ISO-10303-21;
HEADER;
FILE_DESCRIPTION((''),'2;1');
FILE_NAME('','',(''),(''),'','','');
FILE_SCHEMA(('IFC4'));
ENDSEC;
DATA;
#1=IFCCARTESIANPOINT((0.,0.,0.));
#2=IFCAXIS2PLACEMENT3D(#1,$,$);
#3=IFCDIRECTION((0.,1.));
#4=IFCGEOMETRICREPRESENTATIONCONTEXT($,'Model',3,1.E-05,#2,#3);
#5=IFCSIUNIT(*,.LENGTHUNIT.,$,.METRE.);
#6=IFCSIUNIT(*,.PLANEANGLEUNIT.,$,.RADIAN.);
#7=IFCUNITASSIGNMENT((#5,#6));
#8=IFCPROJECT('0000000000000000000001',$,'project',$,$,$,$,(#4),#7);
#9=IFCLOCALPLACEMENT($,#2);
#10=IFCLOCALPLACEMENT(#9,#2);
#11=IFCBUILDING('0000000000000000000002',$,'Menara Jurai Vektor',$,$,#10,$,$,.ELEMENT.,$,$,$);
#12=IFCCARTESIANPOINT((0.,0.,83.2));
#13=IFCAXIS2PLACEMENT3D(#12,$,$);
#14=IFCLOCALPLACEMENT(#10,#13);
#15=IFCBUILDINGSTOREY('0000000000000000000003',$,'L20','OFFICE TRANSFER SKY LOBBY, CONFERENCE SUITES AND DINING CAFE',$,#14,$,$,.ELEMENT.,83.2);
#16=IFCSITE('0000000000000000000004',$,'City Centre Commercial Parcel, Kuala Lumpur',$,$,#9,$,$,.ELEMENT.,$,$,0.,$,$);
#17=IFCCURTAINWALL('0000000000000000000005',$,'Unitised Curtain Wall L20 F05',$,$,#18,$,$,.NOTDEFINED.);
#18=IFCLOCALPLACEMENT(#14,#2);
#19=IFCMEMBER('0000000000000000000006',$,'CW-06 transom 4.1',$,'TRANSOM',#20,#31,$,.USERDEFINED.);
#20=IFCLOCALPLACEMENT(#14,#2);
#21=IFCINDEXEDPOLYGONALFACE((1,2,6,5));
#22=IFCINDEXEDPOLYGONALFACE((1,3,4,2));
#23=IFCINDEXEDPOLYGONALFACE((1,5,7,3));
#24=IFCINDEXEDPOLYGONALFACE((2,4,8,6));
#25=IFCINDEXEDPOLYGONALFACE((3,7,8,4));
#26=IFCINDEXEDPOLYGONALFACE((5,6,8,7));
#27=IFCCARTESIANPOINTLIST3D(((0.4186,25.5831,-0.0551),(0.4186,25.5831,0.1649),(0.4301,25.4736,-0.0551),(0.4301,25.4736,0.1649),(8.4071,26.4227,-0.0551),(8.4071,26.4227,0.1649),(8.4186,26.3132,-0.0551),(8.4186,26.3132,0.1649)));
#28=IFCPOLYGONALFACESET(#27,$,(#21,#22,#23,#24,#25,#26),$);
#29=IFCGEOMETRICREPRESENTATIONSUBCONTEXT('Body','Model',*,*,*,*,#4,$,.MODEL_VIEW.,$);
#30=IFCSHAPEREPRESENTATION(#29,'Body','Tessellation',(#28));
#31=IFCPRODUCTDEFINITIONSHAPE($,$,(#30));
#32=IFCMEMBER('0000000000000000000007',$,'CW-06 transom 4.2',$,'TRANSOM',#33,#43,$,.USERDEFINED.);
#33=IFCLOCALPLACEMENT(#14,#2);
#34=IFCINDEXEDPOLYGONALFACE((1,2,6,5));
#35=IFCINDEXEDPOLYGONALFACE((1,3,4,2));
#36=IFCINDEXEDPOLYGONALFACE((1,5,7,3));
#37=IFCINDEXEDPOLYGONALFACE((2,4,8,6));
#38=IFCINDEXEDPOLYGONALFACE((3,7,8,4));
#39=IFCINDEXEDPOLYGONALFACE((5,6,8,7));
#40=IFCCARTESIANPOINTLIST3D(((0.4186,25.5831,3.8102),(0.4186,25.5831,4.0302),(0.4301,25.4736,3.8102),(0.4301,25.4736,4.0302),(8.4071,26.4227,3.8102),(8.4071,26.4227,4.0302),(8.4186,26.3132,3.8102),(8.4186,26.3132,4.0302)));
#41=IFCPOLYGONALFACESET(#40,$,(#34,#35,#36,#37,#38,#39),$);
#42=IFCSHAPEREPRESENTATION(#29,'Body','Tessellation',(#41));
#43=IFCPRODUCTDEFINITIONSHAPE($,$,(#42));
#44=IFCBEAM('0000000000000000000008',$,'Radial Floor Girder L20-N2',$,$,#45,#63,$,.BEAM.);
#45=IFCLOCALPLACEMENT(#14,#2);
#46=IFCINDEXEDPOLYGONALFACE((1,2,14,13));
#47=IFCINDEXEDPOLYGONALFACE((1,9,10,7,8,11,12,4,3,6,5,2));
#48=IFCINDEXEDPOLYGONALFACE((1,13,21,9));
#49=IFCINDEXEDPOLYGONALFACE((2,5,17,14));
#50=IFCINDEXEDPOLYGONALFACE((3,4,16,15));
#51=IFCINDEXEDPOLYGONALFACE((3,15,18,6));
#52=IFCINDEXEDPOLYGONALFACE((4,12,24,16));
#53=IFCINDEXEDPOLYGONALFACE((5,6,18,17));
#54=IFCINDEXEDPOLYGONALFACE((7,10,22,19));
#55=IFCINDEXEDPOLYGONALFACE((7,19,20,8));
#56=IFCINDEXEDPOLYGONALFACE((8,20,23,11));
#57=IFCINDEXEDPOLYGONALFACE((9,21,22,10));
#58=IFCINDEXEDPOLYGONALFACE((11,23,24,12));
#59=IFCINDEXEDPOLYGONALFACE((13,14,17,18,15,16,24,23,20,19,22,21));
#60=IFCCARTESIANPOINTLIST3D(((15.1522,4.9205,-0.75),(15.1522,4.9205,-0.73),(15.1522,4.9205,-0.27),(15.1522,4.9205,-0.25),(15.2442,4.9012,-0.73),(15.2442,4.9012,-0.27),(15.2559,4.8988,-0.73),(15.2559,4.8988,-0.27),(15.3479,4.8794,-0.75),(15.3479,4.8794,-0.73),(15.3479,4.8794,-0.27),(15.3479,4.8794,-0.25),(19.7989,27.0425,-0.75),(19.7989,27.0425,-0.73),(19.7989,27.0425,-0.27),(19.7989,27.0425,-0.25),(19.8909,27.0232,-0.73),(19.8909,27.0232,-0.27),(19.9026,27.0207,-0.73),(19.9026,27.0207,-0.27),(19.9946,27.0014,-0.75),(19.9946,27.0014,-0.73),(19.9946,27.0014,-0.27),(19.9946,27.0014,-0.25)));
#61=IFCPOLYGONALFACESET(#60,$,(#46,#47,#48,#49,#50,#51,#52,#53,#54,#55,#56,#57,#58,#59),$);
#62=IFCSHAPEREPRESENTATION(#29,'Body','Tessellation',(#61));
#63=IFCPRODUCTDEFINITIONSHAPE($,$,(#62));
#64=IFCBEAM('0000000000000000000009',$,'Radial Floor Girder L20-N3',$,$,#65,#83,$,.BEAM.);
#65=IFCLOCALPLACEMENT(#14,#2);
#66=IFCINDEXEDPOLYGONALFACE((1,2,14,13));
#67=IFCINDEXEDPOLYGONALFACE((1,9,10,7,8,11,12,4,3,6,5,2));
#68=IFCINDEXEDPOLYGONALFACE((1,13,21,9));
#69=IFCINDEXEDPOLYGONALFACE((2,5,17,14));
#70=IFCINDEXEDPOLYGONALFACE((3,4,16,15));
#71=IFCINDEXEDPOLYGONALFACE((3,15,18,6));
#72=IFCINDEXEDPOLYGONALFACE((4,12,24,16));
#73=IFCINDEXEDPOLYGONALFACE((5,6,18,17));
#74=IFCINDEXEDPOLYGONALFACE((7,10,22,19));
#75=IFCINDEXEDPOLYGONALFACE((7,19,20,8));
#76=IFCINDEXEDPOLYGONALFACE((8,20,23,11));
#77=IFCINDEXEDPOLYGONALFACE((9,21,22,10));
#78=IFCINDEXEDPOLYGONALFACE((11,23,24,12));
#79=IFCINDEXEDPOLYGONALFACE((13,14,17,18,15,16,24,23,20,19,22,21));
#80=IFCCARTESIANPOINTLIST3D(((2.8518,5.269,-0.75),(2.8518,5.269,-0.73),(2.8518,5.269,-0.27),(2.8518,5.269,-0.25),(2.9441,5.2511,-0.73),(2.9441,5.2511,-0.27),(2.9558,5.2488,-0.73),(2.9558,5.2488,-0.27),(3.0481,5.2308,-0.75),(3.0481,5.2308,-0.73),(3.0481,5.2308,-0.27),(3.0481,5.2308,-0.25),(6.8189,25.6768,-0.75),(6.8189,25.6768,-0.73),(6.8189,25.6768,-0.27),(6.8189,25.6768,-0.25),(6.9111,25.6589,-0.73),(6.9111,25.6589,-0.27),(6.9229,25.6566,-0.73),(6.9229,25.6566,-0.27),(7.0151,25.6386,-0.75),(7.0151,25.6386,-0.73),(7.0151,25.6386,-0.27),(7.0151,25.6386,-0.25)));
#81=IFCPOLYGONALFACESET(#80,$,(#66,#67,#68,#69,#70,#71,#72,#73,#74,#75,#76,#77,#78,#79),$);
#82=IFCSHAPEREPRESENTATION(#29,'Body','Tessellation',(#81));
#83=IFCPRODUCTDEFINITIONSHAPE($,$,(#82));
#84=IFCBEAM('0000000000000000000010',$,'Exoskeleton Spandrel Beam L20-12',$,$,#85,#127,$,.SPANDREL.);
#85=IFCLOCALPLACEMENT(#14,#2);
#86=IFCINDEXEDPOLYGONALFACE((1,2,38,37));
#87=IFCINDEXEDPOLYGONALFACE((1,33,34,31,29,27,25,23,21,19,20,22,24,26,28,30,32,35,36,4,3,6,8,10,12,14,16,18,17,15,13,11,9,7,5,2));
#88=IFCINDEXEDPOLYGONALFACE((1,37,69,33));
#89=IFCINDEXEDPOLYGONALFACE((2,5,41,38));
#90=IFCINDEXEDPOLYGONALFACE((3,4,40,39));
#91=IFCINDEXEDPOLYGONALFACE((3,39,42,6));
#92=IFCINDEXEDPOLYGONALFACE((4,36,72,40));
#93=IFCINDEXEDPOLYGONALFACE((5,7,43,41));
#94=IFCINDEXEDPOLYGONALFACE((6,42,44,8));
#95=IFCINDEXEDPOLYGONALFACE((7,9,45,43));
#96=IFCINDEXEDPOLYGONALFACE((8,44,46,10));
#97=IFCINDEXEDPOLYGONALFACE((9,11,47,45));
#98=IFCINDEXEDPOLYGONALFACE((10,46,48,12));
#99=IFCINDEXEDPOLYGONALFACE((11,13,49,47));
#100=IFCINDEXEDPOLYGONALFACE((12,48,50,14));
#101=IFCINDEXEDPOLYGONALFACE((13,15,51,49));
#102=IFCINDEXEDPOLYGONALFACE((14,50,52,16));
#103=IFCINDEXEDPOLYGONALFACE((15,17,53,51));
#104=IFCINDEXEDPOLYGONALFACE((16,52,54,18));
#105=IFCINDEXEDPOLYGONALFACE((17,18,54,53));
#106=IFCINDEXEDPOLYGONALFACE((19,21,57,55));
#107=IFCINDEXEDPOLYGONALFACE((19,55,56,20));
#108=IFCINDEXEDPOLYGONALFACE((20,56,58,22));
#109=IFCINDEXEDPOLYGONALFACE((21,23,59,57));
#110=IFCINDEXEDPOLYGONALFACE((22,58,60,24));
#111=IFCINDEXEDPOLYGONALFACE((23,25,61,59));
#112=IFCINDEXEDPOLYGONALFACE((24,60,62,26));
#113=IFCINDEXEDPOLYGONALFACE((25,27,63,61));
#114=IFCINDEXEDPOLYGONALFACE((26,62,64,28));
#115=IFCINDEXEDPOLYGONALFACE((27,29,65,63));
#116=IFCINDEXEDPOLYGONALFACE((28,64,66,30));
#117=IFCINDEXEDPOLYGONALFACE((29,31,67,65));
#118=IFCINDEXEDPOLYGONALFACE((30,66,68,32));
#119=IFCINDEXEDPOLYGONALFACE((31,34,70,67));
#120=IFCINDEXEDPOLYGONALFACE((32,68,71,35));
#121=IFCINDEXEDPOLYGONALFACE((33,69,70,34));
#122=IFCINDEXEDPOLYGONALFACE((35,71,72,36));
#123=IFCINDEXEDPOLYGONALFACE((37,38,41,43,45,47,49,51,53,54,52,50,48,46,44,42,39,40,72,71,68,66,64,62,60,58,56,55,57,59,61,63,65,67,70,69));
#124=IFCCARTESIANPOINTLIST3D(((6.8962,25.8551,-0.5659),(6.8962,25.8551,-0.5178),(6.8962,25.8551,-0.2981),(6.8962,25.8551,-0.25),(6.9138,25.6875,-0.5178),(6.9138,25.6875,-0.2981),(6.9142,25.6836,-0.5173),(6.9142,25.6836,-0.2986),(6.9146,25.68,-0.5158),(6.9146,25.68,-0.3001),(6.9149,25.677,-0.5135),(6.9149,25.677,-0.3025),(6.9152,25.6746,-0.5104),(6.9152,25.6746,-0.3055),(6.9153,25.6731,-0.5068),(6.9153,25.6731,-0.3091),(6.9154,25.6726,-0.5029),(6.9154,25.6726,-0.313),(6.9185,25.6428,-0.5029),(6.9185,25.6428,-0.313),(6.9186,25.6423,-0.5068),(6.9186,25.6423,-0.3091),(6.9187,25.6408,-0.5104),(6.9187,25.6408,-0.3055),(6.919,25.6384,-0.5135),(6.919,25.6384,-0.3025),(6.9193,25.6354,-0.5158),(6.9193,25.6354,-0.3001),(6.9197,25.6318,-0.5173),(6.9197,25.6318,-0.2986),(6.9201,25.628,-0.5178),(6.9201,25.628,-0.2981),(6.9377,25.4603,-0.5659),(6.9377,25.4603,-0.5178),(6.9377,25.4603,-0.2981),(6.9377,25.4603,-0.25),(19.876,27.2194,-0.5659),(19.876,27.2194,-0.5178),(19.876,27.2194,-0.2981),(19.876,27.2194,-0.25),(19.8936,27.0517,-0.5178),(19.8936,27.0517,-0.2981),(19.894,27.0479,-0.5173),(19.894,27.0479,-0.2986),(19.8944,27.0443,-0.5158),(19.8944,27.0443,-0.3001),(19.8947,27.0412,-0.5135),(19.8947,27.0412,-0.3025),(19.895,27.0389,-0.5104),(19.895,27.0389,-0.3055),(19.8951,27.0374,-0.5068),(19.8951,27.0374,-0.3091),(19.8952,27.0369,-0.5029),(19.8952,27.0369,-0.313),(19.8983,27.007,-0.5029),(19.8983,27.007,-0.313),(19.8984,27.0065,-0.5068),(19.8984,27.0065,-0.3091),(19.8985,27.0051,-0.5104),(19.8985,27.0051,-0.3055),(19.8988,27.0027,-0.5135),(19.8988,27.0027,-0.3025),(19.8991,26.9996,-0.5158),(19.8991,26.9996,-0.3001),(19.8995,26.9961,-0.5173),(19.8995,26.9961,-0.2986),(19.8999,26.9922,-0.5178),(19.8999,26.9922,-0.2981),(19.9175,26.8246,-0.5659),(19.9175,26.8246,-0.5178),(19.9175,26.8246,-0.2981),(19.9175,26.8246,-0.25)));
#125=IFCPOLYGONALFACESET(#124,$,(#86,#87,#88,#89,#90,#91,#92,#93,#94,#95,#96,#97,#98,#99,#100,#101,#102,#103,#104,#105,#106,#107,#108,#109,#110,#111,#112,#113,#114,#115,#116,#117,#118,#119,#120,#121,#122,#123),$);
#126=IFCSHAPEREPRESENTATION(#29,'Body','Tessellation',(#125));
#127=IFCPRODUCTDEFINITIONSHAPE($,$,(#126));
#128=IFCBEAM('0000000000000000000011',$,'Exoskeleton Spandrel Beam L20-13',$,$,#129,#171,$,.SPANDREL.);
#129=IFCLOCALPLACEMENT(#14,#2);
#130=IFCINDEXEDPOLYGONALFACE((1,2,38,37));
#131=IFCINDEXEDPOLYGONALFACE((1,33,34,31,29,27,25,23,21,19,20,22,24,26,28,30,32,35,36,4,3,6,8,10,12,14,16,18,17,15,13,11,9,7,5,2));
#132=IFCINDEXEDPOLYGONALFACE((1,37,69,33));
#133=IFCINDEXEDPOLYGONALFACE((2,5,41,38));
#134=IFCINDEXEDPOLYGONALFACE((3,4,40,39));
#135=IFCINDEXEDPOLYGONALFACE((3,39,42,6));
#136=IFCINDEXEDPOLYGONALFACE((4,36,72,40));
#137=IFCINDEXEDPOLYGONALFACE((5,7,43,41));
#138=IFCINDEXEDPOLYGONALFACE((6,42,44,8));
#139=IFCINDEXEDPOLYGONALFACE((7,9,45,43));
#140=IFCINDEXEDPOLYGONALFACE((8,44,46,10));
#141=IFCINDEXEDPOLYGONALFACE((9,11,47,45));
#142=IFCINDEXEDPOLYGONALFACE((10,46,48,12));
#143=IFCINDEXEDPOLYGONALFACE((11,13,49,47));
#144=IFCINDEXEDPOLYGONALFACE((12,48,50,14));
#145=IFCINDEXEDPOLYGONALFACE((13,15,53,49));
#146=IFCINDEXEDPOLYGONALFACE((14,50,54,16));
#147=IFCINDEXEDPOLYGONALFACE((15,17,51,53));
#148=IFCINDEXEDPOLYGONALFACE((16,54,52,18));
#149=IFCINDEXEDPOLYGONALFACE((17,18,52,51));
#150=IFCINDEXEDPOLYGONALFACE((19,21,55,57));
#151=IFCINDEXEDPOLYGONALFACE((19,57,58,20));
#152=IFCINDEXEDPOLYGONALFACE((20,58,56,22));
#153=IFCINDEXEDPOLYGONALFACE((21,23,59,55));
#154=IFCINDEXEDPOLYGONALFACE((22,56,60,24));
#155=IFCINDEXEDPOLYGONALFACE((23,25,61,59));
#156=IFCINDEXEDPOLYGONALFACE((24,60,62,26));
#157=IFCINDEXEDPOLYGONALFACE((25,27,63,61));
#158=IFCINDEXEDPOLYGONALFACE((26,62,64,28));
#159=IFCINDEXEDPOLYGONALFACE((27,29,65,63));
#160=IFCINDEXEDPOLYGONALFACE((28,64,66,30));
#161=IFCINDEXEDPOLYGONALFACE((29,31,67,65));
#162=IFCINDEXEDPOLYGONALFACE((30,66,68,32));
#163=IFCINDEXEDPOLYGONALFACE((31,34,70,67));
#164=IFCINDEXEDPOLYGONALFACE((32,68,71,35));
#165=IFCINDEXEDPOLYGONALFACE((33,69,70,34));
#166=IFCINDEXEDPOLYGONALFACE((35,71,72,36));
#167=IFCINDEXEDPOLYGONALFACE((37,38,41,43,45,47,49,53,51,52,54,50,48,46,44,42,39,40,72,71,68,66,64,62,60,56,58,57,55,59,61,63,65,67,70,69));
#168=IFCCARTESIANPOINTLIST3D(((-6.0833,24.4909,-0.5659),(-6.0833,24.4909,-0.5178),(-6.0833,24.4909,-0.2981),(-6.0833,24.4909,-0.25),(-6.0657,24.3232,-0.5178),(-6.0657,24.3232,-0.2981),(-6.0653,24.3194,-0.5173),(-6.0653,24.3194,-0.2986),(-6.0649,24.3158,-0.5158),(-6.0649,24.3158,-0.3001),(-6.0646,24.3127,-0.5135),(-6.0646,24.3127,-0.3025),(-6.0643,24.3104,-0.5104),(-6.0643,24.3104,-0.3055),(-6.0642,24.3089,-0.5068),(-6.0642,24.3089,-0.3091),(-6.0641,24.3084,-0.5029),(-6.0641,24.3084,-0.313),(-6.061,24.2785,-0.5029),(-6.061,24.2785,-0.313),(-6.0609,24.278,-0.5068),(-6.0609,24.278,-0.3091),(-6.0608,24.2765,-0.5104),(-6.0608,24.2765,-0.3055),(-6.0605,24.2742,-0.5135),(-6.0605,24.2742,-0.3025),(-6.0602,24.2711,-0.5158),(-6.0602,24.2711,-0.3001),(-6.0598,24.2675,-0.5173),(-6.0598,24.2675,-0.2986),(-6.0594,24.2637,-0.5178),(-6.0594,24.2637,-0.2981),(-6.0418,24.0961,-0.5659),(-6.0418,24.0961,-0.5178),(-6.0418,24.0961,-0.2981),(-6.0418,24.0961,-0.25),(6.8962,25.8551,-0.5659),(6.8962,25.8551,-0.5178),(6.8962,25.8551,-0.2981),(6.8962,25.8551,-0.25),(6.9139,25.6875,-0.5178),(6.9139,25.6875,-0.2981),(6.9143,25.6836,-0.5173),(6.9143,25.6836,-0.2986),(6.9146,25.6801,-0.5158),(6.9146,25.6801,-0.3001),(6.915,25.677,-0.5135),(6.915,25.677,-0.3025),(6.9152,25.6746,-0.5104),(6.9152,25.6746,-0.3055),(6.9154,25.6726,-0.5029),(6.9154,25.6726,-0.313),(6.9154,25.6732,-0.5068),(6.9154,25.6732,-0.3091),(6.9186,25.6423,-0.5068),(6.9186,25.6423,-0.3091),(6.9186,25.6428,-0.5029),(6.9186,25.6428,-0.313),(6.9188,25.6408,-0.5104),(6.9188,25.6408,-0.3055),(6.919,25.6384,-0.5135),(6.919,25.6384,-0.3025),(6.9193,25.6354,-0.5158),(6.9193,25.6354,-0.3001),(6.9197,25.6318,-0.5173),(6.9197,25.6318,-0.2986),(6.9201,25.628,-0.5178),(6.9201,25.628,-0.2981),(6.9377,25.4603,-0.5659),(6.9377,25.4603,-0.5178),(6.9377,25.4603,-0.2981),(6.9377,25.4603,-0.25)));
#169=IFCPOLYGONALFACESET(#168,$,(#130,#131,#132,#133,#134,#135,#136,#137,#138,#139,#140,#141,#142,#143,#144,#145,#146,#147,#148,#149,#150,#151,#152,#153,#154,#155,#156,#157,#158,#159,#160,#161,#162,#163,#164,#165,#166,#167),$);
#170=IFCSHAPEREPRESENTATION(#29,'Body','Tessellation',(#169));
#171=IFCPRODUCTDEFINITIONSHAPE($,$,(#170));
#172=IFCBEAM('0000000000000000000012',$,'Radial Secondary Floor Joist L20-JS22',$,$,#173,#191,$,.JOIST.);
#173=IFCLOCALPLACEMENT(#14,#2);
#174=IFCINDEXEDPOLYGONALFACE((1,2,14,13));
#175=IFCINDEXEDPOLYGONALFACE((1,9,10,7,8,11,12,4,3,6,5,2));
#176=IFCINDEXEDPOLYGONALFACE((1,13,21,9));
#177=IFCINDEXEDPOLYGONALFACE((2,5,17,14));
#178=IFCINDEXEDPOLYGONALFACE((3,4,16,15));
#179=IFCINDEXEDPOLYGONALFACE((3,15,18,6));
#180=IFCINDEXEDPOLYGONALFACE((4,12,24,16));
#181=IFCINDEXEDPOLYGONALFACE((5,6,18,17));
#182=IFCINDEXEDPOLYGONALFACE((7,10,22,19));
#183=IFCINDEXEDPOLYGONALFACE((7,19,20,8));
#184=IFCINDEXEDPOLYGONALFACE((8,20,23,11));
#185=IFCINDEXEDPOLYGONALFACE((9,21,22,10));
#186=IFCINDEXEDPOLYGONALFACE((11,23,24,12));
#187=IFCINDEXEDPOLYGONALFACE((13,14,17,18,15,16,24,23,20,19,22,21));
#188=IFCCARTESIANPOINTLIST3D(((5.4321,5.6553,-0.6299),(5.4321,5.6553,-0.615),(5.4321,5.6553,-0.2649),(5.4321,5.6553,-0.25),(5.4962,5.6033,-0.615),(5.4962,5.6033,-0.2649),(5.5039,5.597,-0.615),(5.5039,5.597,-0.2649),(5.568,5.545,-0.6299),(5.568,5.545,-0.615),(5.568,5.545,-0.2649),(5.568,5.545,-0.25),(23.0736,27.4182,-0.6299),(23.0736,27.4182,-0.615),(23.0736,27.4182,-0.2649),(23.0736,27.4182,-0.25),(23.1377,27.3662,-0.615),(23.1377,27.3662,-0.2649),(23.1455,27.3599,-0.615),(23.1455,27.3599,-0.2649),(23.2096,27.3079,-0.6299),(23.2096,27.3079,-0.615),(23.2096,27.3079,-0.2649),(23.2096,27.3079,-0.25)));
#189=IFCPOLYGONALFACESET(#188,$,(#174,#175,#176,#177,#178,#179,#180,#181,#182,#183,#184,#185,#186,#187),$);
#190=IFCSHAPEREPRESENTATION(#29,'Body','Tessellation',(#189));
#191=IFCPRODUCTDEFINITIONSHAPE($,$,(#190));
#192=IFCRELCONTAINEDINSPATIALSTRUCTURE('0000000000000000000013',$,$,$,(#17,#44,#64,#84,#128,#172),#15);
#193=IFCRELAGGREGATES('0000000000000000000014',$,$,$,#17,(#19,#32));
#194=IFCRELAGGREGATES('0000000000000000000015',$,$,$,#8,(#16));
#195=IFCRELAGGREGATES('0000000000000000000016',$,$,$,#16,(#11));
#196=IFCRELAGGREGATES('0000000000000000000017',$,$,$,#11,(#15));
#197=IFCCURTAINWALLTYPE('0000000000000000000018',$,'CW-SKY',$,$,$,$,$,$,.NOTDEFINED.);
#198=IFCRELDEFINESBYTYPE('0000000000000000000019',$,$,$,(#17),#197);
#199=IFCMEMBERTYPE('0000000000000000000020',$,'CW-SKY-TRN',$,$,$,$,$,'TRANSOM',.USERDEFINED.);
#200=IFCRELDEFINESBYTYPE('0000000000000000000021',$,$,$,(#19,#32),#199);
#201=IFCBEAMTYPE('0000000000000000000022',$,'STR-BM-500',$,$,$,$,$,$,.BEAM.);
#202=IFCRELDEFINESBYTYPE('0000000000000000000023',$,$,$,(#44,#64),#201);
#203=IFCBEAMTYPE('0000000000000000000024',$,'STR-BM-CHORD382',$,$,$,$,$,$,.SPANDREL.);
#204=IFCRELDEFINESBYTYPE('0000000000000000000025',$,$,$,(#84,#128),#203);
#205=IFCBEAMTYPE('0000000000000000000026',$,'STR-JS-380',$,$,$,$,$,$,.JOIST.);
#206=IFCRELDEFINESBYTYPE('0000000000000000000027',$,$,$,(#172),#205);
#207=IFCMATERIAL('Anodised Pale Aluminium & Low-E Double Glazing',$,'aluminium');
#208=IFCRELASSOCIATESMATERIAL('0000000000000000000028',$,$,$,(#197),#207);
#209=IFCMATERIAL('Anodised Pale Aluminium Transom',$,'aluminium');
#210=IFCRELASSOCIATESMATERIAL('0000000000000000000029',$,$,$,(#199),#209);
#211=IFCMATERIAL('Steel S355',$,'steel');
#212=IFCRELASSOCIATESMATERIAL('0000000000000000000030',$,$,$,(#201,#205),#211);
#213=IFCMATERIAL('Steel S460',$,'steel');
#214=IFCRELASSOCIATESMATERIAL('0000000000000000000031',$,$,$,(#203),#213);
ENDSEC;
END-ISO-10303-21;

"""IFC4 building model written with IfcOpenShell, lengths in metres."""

from ifc_helpers import new_model, si_unit, direction, frame, origin, origin_2d, place, context, subcontext, project, spatial, rectangle, i_section, extrude, material, material_profile, profile_set, type_object, element, aggregate, save


model = new_model("IFC4")

# Units and contexts
model_context = context("Model", 3, precision=1e-05, world=origin(), true_north=direction((0.0, 1.0)))
body_context = subcontext(model_context, "Body", "Model", "MODEL_VIEW")
ifc_project = project(units=[si_unit("LENGTHUNIT", "METRE"), si_unit("PLANEANGLEUNIT", "RADIAN")], contexts=[model_context])

# Site, building, storey
site_placement = place(None, origin())
site = spatial("IfcSite", under=ifc_project, at=site_placement, Name="City Centre Commercial Parcel, Kuala Lumpur", CompositionType="ELEMENT", RefElevation=0.0)
building_placement = place(site_placement, origin())
building = spatial("IfcBuilding", under=site, at=building_placement, Name="Menara Jurai Vektor", CompositionType="ELEMENT")
storey_placement = place(building_placement, frame((0.0, 0.0, 83.2)))
storey = spatial("IfcBuildingStorey", under=building, at=storey_placement, Name="L20", Description="OFFICE TRANSFER SKY LOBBY, CONFERENCE SUITES AND DINING CAFE", CompositionType="ELEMENT", Elevation=83.2)

# Shared definitions
ifc_material_1 = material(Name="Steel S460", Category="steel")

# Curtain wall, members
ifc_material_2 = material(Name="Anodised Pale Aluminium & Low-E Double Glazing", Category="aluminium")
curtain_wall_type = type_object("IfcCurtainWallType", Name="CW-SKY", PredefinedType="NOTDEFINED", material=ifc_material_2)
curtain_wall_placement = place(storey_placement, origin())
curtain_wall = element("IfcCurtainWall", 1, at=curtain_wall_placement, inside=storey, type_object=curtain_wall_type, Name="Unitised Curtain Wall L20 F05", PredefinedType="NOTDEFINED")
ifc_material_3 = material(Name="Anodised Pale Aluminium Transom", Category="aluminium")
ifc_material_profile_1 = material_profile(ifc_material_3, rectangle(XDim=0.1101, YDim=0.22, at=origin_2d()), Name="ALU TRN 110x220")
ifc_profile_set_1 = profile_set([ifc_material_profile_1], Name="Anodised Pale Aluminium Transom")
member_type_1 = type_object("IfcMemberType", Name="CW-SKY-TRN", ElementType="TRANSOM", PredefinedType="USERDEFINED", material=ifc_profile_set_1)
member_1_placement = place(storey_placement, frame((8.4128, 26.3679, 0.0549), z_axis=(-0.994522, -0.104525, 0.0), x_axis=(0.104525, -0.994522, 0.0)))
member_1 = element("IfcMember", 2, at=member_1_placement, type_object=member_type_1, Name="CW-06 transom 4.1", ObjectType="TRANSOM", PredefinedType="USERDEFINED", context=body_context, shape_type="SweptSolid", body=[
    extrude(rectangle(XDim=0.1101, YDim=0.22, at=origin_2d()), origin(), (0.0, 0.0, 1.0), 8.0325),
])
member_2_placement = place(storey_placement, frame((8.4128, 26.3679, 3.9202), z_axis=(-0.994522, -0.104525, 0.0), x_axis=(0.104525, -0.994522, 0.0)))
member_2 = element("IfcMember", 3, at=member_2_placement, type_object=member_type_1, Name="CW-06 transom 4.2", ObjectType="TRANSOM", PredefinedType="USERDEFINED", context=body_context, shape_type="SweptSolid", body=[
    extrude(rectangle(XDim=0.1101, YDim=0.22, at=origin_2d()), origin(), (0.0, 0.0, 1.0), 8.0325),
])

# Beams
ifc_material_4 = material(Name="Steel S355", Category="steel")
ifc_material_profile_2 = material_profile(ifc_material_4, i_section(OverallWidth=0.2, OverallDepth=0.5, WebThickness=0.012, FlangeThickness=0.02, at=origin_2d()), Name="PG 500x200x96")
ifc_profile_set_2 = profile_set([ifc_material_profile_2], Name="Steel S355")
beam_type_1 = type_object("IfcBeamType", Name="STR-BM-500", PredefinedType="BEAM", material=ifc_profile_set_2)
beam_1_placement = place(storey_placement, frame((19.8967, 27.022, -0.5), z_axis=(-0.205564, -0.978644, 0.0), x_axis=(0.978644, -0.205564, 0.0)))
element("IfcBeam", 4, at=beam_1_placement, inside=storey, type_object=beam_type_1, Name="Radial Floor Girder L20-N2", PredefinedType="BEAM", context=body_context, shape_type="SweptSolid", body=[
    extrude(i_section(OverallWidth=0.2, OverallDepth=0.5, WebThickness=0.012, FlangeThickness=0.02, at=origin_2d()), origin(), (0.0, 0.0, 1.0), 22.6047),
])
beam_2_placement = place(storey_placement, frame((6.917, 25.6577, -0.5), z_axis=(-0.190817, -0.981626, 0.0), x_axis=(0.981626, -0.190817, 0.0)))
element("IfcBeam", 5, at=beam_2_placement, inside=storey, type_object=beam_type_1, Name="Radial Floor Girder L20-N3", PredefinedType="BEAM", context=body_context, shape_type="SweptSolid", body=[
    extrude(i_section(OverallWidth=0.2, OverallDepth=0.5, WebThickness=0.012, FlangeThickness=0.02, at=origin_2d()), origin(), (0.0, 0.0, 1.0), 20.7898),
])
ifc_material_profile_3 = material_profile(ifc_material_1, i_section(OverallWidth=0.397, OverallDepth=0.3159, WebThickness=0.03, FlangeThickness=0.0481, FilletRadius=0.0149, at=origin_2d()), Name="HD 400x382")
ifc_profile_set_3 = profile_set([ifc_material_profile_3], Name="Steel S460")
beam_type_2 = type_object("IfcBeamType", Name="STR-BM-CHORD382", PredefinedType="SPANDREL", material=ifc_profile_set_3)
beam_3_placement = place(storey_placement, frame((19.8967, 27.022, -0.408), z_axis=(-0.994522, -0.104531, 0.0), x_axis=(0.104531, -0.994522, 0.0)))
element("IfcBeam", 6, at=beam_3_placement, inside=storey, type_object=beam_type_2, Name="Exoskeleton Spandrel Beam L20-12", PredefinedType="SPANDREL", context=body_context, shape_type="SweptSolid", body=[
    extrude(i_section(OverallWidth=0.397, OverallDepth=0.3159, WebThickness=0.03, FlangeThickness=0.0481, FilletRadius=0.0149, at=origin_2d()), origin(), (0.0, 0.0, 1.0), 13.0513),
])
beam_4_placement = place(storey_placement, frame((6.917, 25.6577, -0.408), z_axis=(-0.994521, -0.104533, 0.0), x_axis=(0.104533, -0.994521, 0.0)))
element("IfcBeam", 7, at=beam_4_placement, inside=storey, type_object=beam_type_2, Name="Exoskeleton Spandrel Beam L20-13", PredefinedType="SPANDREL", context=body_context, shape_type="SweptSolid", body=[
    extrude(i_section(OverallWidth=0.397, OverallDepth=0.3159, WebThickness=0.03, FlangeThickness=0.0481, FilletRadius=0.0149, at=origin_2d()), origin(), (0.0, 0.0, 1.0), 13.051),
])
ifc_material_profile_4 = material_profile(ifc_material_4, i_section(OverallWidth=0.175, OverallDepth=0.3799, WebThickness=0.01, FlangeThickness=0.0149, at=origin_2d()), Name="PG 380x175x58")
ifc_profile_set_4 = profile_set([ifc_material_profile_4], Name="Steel S355")
beam_type_3 = type_object("IfcBeamType", Name="STR-JS-380", PredefinedType="JOIST", material=ifc_profile_set_4)
beam_5_placement = place(storey_placement, frame((23.1416, 27.363, -0.4399), z_axis=(-0.629715, -0.776826, 0.0), x_axis=(0.776826, -0.629715, 0.0)))
element("IfcBeam", 8, at=beam_5_placement, inside=storey, type_object=beam_type_3, Name="Radial Secondary Floor Joist L20-JS22", PredefinedType="JOIST", context=body_context, shape_type="SweptSolid", body=[
    extrude(i_section(OverallWidth=0.175, OverallDepth=0.3799, WebThickness=0.01, FlangeThickness=0.0149, at=origin_2d()), origin(), (0.0, 0.0, 1.0), 28.0151),
])

aggregate(curtain_wall, [member_1, member_2])

save(model, "model.ifc")
